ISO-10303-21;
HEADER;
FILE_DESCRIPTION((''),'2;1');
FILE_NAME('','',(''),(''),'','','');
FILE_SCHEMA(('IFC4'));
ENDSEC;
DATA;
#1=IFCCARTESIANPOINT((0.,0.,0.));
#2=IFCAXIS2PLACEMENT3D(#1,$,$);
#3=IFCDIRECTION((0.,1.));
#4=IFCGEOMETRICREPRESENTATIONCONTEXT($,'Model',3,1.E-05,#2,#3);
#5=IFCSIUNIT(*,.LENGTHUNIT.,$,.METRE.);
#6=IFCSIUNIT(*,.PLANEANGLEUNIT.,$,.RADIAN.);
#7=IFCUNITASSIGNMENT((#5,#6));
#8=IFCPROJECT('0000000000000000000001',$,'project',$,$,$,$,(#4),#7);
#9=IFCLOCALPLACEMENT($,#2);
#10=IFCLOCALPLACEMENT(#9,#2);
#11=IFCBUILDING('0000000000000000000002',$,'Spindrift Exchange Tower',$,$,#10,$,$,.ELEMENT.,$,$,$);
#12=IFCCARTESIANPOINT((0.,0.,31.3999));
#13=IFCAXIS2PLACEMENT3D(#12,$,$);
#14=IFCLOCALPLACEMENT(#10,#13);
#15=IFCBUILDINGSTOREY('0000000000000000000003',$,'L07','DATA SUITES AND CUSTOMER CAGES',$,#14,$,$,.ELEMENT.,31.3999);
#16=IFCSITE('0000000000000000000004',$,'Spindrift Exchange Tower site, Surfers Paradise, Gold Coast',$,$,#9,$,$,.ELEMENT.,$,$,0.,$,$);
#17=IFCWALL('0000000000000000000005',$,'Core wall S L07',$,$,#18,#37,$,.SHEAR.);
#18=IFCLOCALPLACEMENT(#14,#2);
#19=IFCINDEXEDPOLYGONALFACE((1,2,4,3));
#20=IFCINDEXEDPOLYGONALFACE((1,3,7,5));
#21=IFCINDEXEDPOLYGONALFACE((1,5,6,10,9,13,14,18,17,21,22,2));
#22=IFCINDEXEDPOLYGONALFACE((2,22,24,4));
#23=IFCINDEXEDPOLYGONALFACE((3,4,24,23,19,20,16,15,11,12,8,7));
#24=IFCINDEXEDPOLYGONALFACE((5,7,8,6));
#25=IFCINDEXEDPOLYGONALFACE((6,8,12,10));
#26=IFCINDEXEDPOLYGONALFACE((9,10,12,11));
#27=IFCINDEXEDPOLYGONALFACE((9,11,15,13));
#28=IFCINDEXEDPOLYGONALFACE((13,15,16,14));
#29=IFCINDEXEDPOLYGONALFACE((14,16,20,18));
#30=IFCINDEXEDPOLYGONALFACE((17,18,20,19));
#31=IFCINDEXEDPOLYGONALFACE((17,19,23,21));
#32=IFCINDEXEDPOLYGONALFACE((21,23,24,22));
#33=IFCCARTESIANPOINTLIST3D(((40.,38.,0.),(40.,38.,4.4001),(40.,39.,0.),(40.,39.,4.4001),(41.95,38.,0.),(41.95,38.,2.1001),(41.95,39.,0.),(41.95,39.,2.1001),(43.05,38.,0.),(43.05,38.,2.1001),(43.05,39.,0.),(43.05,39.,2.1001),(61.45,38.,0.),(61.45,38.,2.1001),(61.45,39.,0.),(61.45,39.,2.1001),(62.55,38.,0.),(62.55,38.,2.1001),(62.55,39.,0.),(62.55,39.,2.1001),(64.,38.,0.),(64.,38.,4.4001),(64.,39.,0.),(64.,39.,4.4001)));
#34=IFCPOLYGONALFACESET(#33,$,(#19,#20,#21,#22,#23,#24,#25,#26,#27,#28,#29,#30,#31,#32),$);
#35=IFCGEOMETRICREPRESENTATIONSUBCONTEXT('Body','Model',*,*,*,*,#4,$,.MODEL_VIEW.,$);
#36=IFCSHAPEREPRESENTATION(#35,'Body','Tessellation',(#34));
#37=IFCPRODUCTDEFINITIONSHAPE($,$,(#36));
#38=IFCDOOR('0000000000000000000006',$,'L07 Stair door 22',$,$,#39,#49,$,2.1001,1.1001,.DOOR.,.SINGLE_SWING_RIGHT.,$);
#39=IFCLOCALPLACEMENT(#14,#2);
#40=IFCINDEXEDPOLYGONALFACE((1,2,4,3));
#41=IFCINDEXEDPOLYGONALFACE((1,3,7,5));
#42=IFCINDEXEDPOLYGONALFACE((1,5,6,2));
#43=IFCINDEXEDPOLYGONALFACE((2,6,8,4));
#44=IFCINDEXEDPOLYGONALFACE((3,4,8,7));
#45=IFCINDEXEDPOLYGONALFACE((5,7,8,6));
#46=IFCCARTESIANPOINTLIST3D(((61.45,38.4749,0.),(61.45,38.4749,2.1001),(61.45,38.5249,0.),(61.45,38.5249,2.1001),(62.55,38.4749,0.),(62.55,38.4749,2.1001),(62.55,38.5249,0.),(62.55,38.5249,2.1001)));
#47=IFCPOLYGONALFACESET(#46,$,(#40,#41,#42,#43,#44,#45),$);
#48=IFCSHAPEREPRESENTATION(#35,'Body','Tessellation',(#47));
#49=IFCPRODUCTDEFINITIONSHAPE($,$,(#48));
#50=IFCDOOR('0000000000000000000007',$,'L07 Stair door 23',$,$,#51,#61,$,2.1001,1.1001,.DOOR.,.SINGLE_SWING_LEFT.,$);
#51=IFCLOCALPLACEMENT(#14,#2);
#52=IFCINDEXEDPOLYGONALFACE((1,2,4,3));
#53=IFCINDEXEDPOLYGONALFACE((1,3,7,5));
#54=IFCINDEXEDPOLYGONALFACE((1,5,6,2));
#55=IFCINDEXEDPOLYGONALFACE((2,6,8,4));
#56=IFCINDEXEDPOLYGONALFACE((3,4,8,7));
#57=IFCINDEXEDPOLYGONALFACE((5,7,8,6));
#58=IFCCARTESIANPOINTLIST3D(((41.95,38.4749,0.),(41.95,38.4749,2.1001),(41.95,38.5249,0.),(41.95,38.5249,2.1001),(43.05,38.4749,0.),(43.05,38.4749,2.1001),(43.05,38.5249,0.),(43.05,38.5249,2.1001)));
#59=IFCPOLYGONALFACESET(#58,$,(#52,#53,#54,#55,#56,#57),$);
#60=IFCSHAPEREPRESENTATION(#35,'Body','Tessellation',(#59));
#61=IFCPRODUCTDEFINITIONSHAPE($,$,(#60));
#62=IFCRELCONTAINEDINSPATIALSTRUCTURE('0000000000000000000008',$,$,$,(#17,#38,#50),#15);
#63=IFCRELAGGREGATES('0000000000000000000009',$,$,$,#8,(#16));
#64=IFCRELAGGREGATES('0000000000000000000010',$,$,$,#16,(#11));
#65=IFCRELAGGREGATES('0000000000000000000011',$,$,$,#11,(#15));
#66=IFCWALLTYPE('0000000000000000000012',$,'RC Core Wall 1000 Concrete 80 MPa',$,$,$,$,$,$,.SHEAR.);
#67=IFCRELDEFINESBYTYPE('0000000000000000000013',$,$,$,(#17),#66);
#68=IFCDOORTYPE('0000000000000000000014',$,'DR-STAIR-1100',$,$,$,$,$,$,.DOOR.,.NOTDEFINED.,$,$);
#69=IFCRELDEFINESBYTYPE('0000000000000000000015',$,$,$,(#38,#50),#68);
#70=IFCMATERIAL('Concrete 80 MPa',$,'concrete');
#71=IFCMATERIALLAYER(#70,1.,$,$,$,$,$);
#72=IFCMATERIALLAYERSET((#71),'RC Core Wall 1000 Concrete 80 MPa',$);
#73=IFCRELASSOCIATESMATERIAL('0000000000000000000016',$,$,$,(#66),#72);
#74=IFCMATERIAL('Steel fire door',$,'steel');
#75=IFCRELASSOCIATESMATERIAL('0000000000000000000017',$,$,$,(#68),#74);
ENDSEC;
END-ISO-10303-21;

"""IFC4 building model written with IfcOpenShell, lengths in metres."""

from ifc_helpers import new_model, si_unit, direction, frame, frame_2d, origin, place, context, subcontext, project, spatial, rectangle, extrude, source, transform, mapped, material, layer, layer_set, type_object, element, fill, save


model = new_model("IFC4")

# Units and contexts
model_context = context("Model", 3, precision=1e-05, world=origin(), true_north=direction((0.0, 1.0)))
body_context = subcontext(model_context, "Body", "Model", "MODEL_VIEW")
ifc_project = project(units=[si_unit("LENGTHUNIT", "METRE"), si_unit("PLANEANGLEUNIT", "RADIAN")], contexts=[model_context])

# Site, building, storey
site_placement = place(None, origin())
site = spatial("IfcSite", under=ifc_project, at=site_placement, Name="Spindrift Exchange Tower site, Surfers Paradise, Gold Coast", CompositionType="ELEMENT", RefElevation=0.0)
building_placement = place(site_placement, origin())
building = spatial("IfcBuilding", under=site, at=building_placement, Name="Spindrift Exchange Tower", CompositionType="ELEMENT")
storey_placement = place(building_placement, frame((0.0, 0.0, 31.3999)))
storey = spatial("IfcBuildingStorey", under=building, at=storey_placement, Name="L07", Description="DATA SUITES AND CUSTOMER CAGES", CompositionType="ELEMENT", Elevation=31.3999)

# Wall, openings, doors
ifc_material_1 = material(Name="Concrete 80 MPa", Category="concrete")
ifc_layer_1 = layer(ifc_material_1, 1.0)
ifc_layer_set_1 = layer_set([ifc_layer_1], Name="RC Core Wall 1000 Concrete 80 MPa")
wall_type_1 = type_object("IfcWallType", Name="RC Core Wall 1000 Concrete 80 MPa", PredefinedType="SHEAR", material=ifc_layer_set_1)
wall_1_placement = place(storey_placement, frame((40.0, 38.5, 0.0), z_axis=(0.0, 0.0, 1.0), x_axis=(1.0, 0.0, 0.0)))
wall_1 = element("IfcWall", 1, at=wall_1_placement, inside=storey, type_object=wall_type_1, Name="Core wall S L07", PredefinedType="SHEAR", context=body_context, shape_type="SweptSolid", body=[
    extrude(rectangle(XDim=24.0, YDim=1.0, at=frame_2d((12.0, 0.0))), origin(), (0.0, 0.0, 1.0), 4.4001),
])
opening_1_placement = place(wall_1_placement, frame((21.45, 0.0, 0.0)))
opening_1 = element("IfcOpeningElement", 2, at=opening_1_placement, cuts=wall_1, PredefinedType="OPENING", context=body_context, shape_type="SweptSolid", body=[
    extrude(rectangle(XDim=1.1001, YDim=2.1001, at=frame_2d((0.55, 1.05))), frame((0.0, 0.51, 0.0), z_axis=(0.0, -1.0, 0.0), x_axis=(1.0, 0.0, 0.0)), (0.0, 0.0, 1.0), 1.02),
])
opening_2_placement = place(wall_1_placement, frame((1.95, 0.0, 0.0)))
opening_2 = element("IfcOpeningElement", 3, at=opening_2_placement, cuts=wall_1, PredefinedType="OPENING", context=body_context, shape_type="SweptSolid", body=[
    extrude(rectangle(XDim=1.1001, YDim=2.1001, at=frame_2d((0.55, 1.05))), frame((0.0, 0.51, 0.0), z_axis=(0.0, -1.0, 0.0), x_axis=(1.0, 0.0, 0.0)), (0.0, 0.0, 1.0), 1.02),
])
ifc_material_2 = material(Name="Steel fire door", Category="steel")
door_type_1 = type_object("IfcDoorType", Name="DR-STAIR-1100", OperationType="NOTDEFINED", PredefinedType="DOOR", material=ifc_material_2)
shared_shape_1 = source(origin(), body_context, "Body", "SweptSolid", [
    extrude(rectangle(XDim=1.1001, YDim=2.1001, at=frame_2d((0.55, 1.05))), frame((0.0, 0.0249, 0.0), z_axis=(0.0, -1.0, 0.0), x_axis=(1.0, 0.0, 0.0)), (0.0, 0.0, 1.0), 0.05),
])
door_1_placement = place(opening_1_placement, origin())
door_1 = element("IfcDoor", 4, at=door_1_placement, inside=storey, type_object=door_type_1, Name="L07 Stair door 22", OperationType="SINGLE_SWING_RIGHT", OverallHeight=2.1001, OverallWidth=1.1001, PredefinedType="DOOR", context=body_context, shape_type="MappedRepresentation", body=[
    mapped(shared_shape_1, transform((0.0, 0.0, 0.0), scale=1.0)),
])
fill(opening_1, door_1)
door_2_placement = place(opening_2_placement, origin())
door_2 = element("IfcDoor", 5, at=door_2_placement, inside=storey, type_object=door_type_1, Name="L07 Stair door 23", OperationType="SINGLE_SWING_LEFT", OverallHeight=2.1001, OverallWidth=1.1001, PredefinedType="DOOR", context=body_context, shape_type="MappedRepresentation", body=[
    mapped(shared_shape_1, transform((0.0, 0.0, 0.0), scale=1.0)),
])
fill(opening_2, door_2)

save(model, "model.ifc")
